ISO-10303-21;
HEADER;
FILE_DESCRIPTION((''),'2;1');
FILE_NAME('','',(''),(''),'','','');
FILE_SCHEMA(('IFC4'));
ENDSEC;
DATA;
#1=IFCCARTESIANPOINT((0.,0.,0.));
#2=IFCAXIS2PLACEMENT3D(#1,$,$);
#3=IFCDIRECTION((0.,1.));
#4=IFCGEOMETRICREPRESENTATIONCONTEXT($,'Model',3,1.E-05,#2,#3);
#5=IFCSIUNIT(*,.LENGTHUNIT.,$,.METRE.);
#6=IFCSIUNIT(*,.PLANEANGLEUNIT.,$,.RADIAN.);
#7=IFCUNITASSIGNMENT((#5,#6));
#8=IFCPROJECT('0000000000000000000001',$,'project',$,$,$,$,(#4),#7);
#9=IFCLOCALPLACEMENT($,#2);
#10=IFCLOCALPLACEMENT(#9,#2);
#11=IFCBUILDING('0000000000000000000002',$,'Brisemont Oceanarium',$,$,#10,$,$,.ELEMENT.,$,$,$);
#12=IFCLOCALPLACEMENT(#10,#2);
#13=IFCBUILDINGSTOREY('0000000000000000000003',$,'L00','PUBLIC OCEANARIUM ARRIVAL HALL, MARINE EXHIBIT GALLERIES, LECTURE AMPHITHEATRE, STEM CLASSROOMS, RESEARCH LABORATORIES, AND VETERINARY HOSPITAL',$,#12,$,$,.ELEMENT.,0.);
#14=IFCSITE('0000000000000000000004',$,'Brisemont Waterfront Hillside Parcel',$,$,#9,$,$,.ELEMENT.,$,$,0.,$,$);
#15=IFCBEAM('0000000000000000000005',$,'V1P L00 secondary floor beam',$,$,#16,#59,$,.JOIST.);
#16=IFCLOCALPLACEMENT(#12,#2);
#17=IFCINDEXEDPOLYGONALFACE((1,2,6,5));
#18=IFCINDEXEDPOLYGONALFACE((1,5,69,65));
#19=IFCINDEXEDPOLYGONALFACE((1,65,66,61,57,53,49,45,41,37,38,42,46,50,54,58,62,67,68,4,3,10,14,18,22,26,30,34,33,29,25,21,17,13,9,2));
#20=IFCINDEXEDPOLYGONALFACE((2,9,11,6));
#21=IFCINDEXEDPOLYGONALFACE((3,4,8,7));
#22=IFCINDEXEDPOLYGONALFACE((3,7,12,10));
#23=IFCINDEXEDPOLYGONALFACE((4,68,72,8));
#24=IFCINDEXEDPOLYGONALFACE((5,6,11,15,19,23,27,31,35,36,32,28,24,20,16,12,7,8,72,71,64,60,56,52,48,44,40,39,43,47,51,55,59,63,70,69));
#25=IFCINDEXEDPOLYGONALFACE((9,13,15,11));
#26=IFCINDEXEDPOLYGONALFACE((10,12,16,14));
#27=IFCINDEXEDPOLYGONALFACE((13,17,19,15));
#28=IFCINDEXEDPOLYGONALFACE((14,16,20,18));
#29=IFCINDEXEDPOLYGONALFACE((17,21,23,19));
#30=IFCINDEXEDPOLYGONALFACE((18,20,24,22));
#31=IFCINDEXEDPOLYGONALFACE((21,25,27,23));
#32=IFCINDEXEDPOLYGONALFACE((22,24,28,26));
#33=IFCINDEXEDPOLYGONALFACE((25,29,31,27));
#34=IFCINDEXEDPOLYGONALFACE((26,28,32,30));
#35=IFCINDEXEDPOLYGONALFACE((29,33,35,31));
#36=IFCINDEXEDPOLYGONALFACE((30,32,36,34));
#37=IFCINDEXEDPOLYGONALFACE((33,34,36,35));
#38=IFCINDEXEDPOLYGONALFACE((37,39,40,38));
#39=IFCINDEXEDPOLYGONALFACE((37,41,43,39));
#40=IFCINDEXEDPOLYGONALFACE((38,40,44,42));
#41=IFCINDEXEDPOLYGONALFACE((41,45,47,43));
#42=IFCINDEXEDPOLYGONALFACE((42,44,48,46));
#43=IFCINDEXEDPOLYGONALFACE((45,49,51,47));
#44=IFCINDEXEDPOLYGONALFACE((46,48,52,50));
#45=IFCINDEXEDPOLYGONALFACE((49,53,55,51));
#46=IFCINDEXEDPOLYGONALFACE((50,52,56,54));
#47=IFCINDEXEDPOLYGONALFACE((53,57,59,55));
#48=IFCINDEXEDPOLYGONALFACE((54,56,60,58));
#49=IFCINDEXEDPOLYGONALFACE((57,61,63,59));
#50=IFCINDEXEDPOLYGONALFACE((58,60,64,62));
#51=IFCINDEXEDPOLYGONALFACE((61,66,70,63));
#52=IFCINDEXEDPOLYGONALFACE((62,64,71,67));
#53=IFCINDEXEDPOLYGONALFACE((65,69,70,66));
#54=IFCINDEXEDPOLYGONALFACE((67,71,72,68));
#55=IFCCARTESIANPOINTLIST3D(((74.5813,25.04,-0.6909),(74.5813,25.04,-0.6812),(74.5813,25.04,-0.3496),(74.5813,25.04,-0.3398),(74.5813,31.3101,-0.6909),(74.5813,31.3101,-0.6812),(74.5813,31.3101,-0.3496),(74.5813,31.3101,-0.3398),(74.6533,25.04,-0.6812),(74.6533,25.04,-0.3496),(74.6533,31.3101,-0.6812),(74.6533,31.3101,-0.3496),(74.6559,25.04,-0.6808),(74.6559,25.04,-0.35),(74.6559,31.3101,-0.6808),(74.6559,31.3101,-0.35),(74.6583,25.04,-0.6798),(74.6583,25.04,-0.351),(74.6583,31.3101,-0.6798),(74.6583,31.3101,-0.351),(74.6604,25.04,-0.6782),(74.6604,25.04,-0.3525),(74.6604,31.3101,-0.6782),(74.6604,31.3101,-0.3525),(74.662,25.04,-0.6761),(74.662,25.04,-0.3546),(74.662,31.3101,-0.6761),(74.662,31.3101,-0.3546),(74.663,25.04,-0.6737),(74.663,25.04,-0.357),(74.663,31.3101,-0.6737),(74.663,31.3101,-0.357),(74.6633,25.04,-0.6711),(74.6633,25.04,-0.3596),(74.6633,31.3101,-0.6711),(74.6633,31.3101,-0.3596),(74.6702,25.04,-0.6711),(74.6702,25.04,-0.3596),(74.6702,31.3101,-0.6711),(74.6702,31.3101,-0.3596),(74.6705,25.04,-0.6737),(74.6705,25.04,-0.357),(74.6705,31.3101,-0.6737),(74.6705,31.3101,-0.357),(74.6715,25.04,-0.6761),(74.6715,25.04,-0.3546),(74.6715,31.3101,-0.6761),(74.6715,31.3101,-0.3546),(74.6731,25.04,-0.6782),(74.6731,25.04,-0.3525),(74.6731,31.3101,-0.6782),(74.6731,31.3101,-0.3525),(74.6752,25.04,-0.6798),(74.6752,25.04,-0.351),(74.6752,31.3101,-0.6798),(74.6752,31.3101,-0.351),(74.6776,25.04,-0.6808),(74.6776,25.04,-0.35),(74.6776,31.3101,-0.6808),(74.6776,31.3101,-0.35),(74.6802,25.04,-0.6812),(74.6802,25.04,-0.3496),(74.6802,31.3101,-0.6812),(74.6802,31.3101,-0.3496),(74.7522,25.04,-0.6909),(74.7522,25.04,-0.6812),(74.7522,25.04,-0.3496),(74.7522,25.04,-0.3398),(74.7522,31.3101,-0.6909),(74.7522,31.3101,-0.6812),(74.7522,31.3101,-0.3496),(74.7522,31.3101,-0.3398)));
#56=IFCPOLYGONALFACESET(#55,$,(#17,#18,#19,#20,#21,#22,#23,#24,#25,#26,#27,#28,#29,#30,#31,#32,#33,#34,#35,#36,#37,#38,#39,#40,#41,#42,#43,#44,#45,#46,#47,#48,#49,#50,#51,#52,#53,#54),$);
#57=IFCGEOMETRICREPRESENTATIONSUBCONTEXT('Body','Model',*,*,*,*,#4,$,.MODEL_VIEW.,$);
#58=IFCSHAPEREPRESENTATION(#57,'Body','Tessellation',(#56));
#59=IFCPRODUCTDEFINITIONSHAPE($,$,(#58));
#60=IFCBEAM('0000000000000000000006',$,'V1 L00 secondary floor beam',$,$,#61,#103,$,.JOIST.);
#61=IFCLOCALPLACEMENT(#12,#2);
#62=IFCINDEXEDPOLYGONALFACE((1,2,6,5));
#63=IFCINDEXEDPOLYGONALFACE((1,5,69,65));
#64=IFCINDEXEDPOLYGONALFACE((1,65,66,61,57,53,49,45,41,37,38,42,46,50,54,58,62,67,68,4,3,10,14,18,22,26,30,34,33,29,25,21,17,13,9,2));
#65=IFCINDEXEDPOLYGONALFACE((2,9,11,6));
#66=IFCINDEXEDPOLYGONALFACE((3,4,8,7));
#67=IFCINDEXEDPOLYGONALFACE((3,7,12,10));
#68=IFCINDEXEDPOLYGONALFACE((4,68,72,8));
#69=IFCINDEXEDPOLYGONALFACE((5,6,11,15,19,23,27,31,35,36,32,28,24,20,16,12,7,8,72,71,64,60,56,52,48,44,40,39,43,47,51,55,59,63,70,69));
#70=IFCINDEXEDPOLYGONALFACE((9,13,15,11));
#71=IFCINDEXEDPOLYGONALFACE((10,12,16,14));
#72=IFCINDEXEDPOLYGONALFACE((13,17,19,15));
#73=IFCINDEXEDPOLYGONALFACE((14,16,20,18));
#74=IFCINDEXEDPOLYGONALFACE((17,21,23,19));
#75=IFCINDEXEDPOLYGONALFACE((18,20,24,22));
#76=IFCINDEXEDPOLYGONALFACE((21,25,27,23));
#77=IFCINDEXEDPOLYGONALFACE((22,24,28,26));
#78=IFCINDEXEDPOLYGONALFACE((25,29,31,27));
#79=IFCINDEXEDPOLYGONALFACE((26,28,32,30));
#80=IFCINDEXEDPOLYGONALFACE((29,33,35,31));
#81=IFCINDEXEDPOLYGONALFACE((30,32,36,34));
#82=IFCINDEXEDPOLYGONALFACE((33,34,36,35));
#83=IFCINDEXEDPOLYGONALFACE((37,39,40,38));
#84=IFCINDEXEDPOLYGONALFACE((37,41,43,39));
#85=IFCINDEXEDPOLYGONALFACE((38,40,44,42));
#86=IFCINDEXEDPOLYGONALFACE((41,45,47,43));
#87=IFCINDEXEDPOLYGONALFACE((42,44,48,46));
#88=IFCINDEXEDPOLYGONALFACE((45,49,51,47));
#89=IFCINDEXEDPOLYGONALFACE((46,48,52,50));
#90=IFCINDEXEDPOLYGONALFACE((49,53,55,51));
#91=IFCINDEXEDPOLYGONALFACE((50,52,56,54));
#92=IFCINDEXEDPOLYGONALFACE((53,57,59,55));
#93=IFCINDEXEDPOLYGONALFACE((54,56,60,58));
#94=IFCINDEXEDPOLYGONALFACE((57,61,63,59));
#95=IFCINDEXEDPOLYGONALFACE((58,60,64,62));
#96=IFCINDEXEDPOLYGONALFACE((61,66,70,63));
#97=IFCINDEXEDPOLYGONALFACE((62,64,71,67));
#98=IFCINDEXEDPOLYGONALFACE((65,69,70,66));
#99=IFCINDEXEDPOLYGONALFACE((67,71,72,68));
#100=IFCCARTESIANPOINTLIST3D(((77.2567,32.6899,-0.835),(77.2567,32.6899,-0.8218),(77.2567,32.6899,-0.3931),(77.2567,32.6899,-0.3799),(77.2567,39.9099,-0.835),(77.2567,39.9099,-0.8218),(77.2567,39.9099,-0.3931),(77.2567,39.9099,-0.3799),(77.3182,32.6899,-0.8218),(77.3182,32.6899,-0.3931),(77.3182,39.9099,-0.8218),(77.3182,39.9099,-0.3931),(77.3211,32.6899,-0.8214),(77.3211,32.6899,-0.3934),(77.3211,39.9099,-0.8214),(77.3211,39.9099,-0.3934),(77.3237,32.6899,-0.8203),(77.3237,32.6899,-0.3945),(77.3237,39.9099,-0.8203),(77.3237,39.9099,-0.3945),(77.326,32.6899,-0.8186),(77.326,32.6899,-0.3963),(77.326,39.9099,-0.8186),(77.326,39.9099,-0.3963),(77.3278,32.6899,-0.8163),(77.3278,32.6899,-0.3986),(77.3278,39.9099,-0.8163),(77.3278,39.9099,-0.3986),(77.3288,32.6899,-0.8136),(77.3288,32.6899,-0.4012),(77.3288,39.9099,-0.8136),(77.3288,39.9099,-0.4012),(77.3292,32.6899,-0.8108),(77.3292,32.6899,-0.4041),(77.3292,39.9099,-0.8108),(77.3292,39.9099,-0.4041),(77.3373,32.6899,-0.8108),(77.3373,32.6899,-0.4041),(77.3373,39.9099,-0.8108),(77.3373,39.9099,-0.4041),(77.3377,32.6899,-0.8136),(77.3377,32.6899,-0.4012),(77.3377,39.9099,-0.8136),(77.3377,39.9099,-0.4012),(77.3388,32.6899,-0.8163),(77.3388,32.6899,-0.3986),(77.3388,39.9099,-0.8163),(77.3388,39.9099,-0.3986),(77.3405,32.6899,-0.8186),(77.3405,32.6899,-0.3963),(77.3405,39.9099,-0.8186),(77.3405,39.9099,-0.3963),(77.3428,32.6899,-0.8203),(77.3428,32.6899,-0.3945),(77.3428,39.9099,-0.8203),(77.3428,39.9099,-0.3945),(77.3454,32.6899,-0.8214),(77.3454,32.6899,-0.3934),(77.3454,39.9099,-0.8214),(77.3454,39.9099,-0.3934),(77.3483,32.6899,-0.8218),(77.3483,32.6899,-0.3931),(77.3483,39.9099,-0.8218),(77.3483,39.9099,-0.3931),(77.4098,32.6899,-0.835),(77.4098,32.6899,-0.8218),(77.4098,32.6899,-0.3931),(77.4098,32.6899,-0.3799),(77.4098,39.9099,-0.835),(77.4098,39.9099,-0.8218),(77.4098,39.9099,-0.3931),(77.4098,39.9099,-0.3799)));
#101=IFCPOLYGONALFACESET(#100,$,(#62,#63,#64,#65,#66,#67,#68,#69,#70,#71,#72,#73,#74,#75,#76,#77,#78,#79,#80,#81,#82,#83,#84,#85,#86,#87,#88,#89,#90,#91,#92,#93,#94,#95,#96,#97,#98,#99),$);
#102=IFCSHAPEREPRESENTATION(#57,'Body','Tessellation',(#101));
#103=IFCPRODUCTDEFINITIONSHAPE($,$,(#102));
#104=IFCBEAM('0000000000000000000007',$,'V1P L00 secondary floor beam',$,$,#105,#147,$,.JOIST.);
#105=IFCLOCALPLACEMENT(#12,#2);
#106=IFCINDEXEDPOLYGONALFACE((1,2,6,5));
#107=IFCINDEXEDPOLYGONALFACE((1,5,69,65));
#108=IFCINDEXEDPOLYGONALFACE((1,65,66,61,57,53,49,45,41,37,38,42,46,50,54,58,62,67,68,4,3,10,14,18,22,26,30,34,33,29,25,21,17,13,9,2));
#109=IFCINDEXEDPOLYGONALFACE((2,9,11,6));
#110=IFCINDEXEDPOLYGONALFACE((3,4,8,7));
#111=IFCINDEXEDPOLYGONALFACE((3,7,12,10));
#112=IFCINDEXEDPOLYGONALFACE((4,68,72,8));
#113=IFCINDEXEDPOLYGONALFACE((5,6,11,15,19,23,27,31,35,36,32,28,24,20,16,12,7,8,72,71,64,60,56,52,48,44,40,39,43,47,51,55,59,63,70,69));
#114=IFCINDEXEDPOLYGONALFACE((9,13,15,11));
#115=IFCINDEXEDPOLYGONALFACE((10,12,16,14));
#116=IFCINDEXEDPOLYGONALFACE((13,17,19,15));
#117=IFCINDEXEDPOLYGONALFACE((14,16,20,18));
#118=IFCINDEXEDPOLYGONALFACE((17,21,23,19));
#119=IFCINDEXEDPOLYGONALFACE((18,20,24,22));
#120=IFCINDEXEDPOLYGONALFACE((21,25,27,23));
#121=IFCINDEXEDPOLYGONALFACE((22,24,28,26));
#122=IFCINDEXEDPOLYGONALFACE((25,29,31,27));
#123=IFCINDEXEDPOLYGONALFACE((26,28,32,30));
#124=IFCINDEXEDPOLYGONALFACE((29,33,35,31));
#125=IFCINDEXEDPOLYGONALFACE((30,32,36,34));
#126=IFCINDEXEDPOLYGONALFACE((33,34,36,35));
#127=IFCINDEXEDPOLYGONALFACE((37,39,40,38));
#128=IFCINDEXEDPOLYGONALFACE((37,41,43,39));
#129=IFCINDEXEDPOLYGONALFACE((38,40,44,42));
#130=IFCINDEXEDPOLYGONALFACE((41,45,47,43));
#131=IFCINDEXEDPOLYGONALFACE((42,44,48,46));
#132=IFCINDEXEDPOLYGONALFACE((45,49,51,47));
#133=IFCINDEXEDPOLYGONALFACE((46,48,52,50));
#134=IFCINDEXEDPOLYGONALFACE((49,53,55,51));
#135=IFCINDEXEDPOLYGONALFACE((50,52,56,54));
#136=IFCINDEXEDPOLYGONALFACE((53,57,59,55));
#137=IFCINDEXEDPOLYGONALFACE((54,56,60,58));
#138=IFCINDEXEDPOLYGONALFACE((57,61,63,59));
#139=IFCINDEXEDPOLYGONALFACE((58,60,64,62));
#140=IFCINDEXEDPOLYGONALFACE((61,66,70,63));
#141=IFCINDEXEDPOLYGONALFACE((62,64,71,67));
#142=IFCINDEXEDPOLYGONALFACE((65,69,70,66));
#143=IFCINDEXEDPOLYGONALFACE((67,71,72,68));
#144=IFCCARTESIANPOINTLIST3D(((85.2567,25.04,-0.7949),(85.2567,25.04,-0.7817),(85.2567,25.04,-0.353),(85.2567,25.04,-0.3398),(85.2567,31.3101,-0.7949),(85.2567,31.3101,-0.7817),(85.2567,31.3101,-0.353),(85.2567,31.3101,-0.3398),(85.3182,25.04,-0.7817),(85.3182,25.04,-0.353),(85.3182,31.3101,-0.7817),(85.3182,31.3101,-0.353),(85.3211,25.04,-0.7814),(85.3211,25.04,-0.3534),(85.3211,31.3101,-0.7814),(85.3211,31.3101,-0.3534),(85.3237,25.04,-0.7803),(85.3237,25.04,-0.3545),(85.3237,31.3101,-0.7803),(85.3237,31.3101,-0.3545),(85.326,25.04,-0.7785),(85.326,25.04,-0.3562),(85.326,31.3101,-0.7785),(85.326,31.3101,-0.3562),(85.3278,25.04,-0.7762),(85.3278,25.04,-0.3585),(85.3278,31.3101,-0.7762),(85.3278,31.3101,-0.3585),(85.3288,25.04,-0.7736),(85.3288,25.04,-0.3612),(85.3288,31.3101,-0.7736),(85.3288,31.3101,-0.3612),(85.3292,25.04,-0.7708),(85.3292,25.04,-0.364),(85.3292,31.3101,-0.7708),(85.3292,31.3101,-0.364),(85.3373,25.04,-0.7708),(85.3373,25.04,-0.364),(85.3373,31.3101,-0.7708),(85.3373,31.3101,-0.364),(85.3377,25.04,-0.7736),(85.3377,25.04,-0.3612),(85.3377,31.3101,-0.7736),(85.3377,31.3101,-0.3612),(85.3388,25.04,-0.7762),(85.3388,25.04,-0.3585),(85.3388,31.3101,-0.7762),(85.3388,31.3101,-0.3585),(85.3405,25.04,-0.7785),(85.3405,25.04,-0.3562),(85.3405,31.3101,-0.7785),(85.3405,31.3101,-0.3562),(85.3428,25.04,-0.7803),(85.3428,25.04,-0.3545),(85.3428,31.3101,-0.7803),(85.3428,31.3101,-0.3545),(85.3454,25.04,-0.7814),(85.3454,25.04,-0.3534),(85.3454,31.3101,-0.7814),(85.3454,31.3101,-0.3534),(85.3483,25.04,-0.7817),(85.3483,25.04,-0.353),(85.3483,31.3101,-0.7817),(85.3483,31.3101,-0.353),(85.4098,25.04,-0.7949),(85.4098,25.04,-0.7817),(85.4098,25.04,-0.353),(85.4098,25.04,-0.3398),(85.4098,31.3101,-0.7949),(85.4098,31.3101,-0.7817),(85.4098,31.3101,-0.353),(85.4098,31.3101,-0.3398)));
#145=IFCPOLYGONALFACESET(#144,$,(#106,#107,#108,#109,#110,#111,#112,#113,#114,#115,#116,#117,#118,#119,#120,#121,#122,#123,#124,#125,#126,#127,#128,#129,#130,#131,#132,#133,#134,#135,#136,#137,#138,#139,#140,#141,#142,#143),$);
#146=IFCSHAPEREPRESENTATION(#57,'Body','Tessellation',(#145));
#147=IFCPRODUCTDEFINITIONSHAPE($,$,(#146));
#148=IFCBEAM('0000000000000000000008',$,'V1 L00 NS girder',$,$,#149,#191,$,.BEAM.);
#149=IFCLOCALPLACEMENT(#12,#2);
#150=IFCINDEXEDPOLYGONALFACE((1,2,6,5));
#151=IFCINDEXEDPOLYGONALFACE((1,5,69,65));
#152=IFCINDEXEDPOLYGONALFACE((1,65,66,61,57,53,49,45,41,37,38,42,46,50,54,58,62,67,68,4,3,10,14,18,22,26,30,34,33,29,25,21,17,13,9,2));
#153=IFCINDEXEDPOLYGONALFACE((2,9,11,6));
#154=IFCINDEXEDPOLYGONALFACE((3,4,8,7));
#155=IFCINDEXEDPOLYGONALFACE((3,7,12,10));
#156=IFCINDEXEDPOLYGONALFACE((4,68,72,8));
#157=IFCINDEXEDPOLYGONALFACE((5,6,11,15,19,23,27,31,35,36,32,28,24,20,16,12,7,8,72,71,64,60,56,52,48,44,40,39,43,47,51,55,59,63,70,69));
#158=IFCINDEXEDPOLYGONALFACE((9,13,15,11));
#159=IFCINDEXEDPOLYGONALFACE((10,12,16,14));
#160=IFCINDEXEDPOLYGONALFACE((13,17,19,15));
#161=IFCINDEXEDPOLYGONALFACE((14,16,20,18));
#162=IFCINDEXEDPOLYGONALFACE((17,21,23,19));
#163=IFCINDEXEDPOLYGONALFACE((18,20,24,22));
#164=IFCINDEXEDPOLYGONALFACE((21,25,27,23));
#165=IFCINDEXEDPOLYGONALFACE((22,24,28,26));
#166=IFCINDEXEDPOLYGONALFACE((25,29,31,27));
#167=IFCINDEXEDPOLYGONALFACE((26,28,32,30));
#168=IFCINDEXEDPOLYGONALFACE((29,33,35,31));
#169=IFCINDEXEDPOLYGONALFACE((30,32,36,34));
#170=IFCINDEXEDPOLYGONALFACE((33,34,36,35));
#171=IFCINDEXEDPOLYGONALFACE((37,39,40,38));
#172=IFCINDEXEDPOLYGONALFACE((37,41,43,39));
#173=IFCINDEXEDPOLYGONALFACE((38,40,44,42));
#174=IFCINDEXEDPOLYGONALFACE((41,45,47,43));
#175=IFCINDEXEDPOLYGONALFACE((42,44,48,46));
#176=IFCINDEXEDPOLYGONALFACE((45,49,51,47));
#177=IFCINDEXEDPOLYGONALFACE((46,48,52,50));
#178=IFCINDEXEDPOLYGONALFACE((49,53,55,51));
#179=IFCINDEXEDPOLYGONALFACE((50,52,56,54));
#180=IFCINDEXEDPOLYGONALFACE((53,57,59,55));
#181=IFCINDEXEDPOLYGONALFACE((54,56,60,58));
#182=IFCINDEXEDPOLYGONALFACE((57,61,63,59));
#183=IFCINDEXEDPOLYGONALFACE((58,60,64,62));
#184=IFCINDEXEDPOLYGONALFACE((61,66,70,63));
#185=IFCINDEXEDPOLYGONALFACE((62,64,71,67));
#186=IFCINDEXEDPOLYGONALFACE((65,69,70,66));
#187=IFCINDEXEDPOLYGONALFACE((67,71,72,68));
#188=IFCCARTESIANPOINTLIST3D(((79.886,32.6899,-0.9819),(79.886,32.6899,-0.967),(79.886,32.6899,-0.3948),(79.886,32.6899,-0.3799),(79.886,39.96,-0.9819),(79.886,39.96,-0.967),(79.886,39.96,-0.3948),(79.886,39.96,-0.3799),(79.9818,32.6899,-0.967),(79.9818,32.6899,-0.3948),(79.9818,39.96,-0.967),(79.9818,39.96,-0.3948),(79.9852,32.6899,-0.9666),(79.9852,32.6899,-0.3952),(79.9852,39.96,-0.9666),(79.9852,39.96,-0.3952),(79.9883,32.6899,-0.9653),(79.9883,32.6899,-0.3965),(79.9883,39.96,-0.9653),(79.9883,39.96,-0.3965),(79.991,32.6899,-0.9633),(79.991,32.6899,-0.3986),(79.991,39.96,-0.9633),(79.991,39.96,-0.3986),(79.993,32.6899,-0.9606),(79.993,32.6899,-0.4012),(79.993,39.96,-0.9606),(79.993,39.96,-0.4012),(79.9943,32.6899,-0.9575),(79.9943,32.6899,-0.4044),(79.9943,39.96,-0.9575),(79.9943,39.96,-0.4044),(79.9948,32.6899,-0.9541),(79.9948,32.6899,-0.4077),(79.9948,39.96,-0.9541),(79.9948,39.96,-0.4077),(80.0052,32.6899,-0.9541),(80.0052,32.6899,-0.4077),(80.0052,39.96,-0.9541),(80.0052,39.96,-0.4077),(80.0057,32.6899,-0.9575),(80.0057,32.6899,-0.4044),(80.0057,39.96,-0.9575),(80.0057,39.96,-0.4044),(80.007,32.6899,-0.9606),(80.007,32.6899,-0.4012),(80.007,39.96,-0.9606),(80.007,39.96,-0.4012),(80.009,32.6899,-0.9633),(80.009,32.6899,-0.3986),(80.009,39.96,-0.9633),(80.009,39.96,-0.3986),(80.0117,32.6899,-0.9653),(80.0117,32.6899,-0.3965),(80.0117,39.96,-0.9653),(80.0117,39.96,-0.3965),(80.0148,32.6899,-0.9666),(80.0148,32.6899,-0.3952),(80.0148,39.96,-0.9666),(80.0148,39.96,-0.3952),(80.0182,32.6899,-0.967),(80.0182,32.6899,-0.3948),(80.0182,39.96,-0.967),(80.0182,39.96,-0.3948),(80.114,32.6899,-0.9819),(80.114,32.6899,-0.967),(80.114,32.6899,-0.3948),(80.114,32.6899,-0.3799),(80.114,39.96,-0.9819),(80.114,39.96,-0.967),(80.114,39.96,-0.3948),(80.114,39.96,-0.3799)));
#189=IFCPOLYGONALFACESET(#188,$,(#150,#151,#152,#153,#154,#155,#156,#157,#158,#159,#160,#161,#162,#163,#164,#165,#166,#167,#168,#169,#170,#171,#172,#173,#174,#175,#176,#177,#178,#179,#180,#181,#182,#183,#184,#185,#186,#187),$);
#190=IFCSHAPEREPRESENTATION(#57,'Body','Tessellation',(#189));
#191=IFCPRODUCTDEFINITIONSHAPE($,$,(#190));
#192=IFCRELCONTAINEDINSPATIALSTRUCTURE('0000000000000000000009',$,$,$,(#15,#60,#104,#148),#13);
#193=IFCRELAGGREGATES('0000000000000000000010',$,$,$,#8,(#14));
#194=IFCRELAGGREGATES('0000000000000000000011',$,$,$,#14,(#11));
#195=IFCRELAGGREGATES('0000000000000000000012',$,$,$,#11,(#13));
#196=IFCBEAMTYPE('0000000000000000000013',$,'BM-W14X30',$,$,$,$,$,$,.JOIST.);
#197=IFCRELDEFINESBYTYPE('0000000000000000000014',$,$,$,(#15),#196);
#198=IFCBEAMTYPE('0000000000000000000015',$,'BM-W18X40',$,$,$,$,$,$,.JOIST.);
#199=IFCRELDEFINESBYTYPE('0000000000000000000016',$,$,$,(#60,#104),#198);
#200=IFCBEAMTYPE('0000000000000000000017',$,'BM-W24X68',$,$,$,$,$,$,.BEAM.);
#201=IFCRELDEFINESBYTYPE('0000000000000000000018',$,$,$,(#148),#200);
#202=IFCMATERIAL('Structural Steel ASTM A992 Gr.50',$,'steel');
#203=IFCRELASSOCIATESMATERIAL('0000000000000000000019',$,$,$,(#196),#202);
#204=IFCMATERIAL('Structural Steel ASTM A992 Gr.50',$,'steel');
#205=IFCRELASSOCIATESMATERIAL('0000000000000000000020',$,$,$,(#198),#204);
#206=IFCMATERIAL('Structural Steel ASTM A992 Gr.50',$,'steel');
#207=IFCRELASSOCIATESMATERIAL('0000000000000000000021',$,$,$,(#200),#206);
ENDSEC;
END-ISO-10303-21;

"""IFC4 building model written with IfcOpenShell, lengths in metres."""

from ifc_helpers import new_model, si_unit, direction, frame, origin, origin_2d, place, context, subcontext, project, spatial, i_section, extrude, material, material_profile, profile_set, type_object, element, save


model = new_model("IFC4")

# Units and contexts
model_context = context("Model", 3, precision=1e-05, world=origin(), true_north=direction((0.0, 1.0)))
body_context = subcontext(model_context, "Body", "Model", "MODEL_VIEW")
ifc_project = project(units=[si_unit("LENGTHUNIT", "METRE"), si_unit("PLANEANGLEUNIT", "RADIAN")], contexts=[model_context])

# Site, building, storey
site_placement = place(None, origin())
site = spatial("IfcSite", under=ifc_project, at=site_placement, Name="Brisemont Waterfront Hillside Parcel", CompositionType="ELEMENT", RefElevation=0.0)
building_placement = place(site_placement, origin())
building = spatial("IfcBuilding", under=site, at=building_placement, Name="Brisemont Oceanarium", CompositionType="ELEMENT")
storey_placement = place(building_placement, origin())
storey = spatial("IfcBuildingStorey", under=building, at=storey_placement, Name="L00", Description="PUBLIC OCEANARIUM ARRIVAL HALL, MARINE EXHIBIT GALLERIES, LECTURE AMPHITHEATRE, STEM CLASSROOMS, RESEARCH LABORATORIES, AND VETERINARY HOSPITAL", CompositionType="ELEMENT", Elevation=0.0)

# Beams
ifc_material_1 = material(Name="Structural Steel ASTM A992 Gr.50", Category="steel")
ifc_material_profile_1 = material_profile(ifc_material_1, i_section(OverallWidth=0.1709, OverallDepth=0.3511, WebThickness=0.0068, FlangeThickness=0.0098, FilletRadius=0.01, at=origin_2d()), Name="W14X30")
ifc_profile_set_1 = profile_set([ifc_material_profile_1], Name="Structural Steel ASTM A992 Gr.50")
beam_type_1 = type_object("IfcBeamType", Name="BM-W14X30", PredefinedType="JOIST", material=ifc_profile_set_1)
beam_1_placement = place(storey_placement, frame((74.6667, 25.04, -0.5154), z_axis=(0.0, 1.0, 0.0), x_axis=(-1.0, 0.0, 0.0)))
element("IfcBeam", 1, at=beam_1_placement, inside=storey, type_object=beam_type_1, Name="V1P L00 secondary floor beam", PredefinedType="JOIST", context=body_context, shape_type="SweptSolid", body=[
    extrude(i_section(OverallWidth=0.1709, OverallDepth=0.3511, WebThickness=0.0068, FlangeThickness=0.0098, FilletRadius=0.01, at=origin_2d()), origin(), (0.0, 0.0, 1.0), 6.27),
])
ifc_material_2 = material(Name="Structural Steel ASTM A992 Gr.50", Category="steel")
ifc_material_profile_2 = material_profile(ifc_material_2, i_section(OverallWidth=0.1531, OverallDepth=0.4551, WebThickness=0.0081, FlangeThickness=0.0132, FilletRadius=0.011, at=origin_2d()), Name="W18X40")
ifc_profile_set_2 = profile_set([ifc_material_profile_2], Name="Structural Steel ASTM A992 Gr.50")
beam_type_2 = type_object("IfcBeamType", Name="BM-W18X40", PredefinedType="JOIST", material=ifc_profile_set_2)
beam_2_placement = place(storey_placement, frame((77.3333, 32.6899, -0.6074), z_axis=(0.0, 1.0, 0.0), x_axis=(-1.0, 0.0, 0.0)))
element("IfcBeam", 2, at=beam_2_placement, inside=storey, type_object=beam_type_2, Name="V1 L00 secondary floor beam", PredefinedType="JOIST", context=body_context, shape_type="SweptSolid", body=[
    extrude(i_section(OverallWidth=0.1531, OverallDepth=0.4551, WebThickness=0.0081, FlangeThickness=0.0132, FilletRadius=0.011, at=origin_2d()), origin(), (0.0, 0.0, 1.0), 7.22),
])
beam_3_placement = place(storey_placement, frame((85.3333, 25.04, -0.5674), z_axis=(0.0, 1.0, 0.0), x_axis=(-1.0, 0.0, 0.0)))
element("IfcBeam", 3, at=beam_3_placement, inside=storey, type_object=beam_type_2, Name="V1P L00 secondary floor beam", PredefinedType="JOIST", context=body_context, shape_type="SweptSolid", body=[
    extrude(i_section(OverallWidth=0.1531, OverallDepth=0.4551, WebThickness=0.0081, FlangeThickness=0.0132, FilletRadius=0.011, at=origin_2d()), origin(), (0.0, 0.0, 1.0), 6.27),
])
ifc_material_3 = material(Name="Structural Steel ASTM A992 Gr.50", Category="steel")
ifc_material_profile_3 = material_profile(ifc_material_3, i_section(OverallWidth=0.228, OverallDepth=0.6021, WebThickness=0.0105, FlangeThickness=0.0149, FilletRadius=0.0129, at=origin_2d()), Name="W24X68")
ifc_profile_set_3 = profile_set([ifc_material_profile_3], Name="Structural Steel ASTM A992 Gr.50")
beam_type_3 = type_object("IfcBeamType", Name="BM-W24X68", PredefinedType="BEAM", material=ifc_profile_set_3)
beam_4_placement = place(storey_placement, frame((80.0, 32.6899, -0.6809), z_axis=(0.0, 1.0, 0.0), x_axis=(-1.0, 0.0, 0.0)))
element("IfcBeam", 4, at=beam_4_placement, inside=storey, type_object=beam_type_3, Name="V1 L00 NS girder", PredefinedType="BEAM", context=body_context, shape_type="SweptSolid", body=[
    extrude(i_section(OverallWidth=0.228, OverallDepth=0.6021, WebThickness=0.0105, FlangeThickness=0.0149, FilletRadius=0.0129, at=origin_2d()), origin(), (0.0, 0.0, 1.0), 7.27),
])

save(model, "model.ifc")
